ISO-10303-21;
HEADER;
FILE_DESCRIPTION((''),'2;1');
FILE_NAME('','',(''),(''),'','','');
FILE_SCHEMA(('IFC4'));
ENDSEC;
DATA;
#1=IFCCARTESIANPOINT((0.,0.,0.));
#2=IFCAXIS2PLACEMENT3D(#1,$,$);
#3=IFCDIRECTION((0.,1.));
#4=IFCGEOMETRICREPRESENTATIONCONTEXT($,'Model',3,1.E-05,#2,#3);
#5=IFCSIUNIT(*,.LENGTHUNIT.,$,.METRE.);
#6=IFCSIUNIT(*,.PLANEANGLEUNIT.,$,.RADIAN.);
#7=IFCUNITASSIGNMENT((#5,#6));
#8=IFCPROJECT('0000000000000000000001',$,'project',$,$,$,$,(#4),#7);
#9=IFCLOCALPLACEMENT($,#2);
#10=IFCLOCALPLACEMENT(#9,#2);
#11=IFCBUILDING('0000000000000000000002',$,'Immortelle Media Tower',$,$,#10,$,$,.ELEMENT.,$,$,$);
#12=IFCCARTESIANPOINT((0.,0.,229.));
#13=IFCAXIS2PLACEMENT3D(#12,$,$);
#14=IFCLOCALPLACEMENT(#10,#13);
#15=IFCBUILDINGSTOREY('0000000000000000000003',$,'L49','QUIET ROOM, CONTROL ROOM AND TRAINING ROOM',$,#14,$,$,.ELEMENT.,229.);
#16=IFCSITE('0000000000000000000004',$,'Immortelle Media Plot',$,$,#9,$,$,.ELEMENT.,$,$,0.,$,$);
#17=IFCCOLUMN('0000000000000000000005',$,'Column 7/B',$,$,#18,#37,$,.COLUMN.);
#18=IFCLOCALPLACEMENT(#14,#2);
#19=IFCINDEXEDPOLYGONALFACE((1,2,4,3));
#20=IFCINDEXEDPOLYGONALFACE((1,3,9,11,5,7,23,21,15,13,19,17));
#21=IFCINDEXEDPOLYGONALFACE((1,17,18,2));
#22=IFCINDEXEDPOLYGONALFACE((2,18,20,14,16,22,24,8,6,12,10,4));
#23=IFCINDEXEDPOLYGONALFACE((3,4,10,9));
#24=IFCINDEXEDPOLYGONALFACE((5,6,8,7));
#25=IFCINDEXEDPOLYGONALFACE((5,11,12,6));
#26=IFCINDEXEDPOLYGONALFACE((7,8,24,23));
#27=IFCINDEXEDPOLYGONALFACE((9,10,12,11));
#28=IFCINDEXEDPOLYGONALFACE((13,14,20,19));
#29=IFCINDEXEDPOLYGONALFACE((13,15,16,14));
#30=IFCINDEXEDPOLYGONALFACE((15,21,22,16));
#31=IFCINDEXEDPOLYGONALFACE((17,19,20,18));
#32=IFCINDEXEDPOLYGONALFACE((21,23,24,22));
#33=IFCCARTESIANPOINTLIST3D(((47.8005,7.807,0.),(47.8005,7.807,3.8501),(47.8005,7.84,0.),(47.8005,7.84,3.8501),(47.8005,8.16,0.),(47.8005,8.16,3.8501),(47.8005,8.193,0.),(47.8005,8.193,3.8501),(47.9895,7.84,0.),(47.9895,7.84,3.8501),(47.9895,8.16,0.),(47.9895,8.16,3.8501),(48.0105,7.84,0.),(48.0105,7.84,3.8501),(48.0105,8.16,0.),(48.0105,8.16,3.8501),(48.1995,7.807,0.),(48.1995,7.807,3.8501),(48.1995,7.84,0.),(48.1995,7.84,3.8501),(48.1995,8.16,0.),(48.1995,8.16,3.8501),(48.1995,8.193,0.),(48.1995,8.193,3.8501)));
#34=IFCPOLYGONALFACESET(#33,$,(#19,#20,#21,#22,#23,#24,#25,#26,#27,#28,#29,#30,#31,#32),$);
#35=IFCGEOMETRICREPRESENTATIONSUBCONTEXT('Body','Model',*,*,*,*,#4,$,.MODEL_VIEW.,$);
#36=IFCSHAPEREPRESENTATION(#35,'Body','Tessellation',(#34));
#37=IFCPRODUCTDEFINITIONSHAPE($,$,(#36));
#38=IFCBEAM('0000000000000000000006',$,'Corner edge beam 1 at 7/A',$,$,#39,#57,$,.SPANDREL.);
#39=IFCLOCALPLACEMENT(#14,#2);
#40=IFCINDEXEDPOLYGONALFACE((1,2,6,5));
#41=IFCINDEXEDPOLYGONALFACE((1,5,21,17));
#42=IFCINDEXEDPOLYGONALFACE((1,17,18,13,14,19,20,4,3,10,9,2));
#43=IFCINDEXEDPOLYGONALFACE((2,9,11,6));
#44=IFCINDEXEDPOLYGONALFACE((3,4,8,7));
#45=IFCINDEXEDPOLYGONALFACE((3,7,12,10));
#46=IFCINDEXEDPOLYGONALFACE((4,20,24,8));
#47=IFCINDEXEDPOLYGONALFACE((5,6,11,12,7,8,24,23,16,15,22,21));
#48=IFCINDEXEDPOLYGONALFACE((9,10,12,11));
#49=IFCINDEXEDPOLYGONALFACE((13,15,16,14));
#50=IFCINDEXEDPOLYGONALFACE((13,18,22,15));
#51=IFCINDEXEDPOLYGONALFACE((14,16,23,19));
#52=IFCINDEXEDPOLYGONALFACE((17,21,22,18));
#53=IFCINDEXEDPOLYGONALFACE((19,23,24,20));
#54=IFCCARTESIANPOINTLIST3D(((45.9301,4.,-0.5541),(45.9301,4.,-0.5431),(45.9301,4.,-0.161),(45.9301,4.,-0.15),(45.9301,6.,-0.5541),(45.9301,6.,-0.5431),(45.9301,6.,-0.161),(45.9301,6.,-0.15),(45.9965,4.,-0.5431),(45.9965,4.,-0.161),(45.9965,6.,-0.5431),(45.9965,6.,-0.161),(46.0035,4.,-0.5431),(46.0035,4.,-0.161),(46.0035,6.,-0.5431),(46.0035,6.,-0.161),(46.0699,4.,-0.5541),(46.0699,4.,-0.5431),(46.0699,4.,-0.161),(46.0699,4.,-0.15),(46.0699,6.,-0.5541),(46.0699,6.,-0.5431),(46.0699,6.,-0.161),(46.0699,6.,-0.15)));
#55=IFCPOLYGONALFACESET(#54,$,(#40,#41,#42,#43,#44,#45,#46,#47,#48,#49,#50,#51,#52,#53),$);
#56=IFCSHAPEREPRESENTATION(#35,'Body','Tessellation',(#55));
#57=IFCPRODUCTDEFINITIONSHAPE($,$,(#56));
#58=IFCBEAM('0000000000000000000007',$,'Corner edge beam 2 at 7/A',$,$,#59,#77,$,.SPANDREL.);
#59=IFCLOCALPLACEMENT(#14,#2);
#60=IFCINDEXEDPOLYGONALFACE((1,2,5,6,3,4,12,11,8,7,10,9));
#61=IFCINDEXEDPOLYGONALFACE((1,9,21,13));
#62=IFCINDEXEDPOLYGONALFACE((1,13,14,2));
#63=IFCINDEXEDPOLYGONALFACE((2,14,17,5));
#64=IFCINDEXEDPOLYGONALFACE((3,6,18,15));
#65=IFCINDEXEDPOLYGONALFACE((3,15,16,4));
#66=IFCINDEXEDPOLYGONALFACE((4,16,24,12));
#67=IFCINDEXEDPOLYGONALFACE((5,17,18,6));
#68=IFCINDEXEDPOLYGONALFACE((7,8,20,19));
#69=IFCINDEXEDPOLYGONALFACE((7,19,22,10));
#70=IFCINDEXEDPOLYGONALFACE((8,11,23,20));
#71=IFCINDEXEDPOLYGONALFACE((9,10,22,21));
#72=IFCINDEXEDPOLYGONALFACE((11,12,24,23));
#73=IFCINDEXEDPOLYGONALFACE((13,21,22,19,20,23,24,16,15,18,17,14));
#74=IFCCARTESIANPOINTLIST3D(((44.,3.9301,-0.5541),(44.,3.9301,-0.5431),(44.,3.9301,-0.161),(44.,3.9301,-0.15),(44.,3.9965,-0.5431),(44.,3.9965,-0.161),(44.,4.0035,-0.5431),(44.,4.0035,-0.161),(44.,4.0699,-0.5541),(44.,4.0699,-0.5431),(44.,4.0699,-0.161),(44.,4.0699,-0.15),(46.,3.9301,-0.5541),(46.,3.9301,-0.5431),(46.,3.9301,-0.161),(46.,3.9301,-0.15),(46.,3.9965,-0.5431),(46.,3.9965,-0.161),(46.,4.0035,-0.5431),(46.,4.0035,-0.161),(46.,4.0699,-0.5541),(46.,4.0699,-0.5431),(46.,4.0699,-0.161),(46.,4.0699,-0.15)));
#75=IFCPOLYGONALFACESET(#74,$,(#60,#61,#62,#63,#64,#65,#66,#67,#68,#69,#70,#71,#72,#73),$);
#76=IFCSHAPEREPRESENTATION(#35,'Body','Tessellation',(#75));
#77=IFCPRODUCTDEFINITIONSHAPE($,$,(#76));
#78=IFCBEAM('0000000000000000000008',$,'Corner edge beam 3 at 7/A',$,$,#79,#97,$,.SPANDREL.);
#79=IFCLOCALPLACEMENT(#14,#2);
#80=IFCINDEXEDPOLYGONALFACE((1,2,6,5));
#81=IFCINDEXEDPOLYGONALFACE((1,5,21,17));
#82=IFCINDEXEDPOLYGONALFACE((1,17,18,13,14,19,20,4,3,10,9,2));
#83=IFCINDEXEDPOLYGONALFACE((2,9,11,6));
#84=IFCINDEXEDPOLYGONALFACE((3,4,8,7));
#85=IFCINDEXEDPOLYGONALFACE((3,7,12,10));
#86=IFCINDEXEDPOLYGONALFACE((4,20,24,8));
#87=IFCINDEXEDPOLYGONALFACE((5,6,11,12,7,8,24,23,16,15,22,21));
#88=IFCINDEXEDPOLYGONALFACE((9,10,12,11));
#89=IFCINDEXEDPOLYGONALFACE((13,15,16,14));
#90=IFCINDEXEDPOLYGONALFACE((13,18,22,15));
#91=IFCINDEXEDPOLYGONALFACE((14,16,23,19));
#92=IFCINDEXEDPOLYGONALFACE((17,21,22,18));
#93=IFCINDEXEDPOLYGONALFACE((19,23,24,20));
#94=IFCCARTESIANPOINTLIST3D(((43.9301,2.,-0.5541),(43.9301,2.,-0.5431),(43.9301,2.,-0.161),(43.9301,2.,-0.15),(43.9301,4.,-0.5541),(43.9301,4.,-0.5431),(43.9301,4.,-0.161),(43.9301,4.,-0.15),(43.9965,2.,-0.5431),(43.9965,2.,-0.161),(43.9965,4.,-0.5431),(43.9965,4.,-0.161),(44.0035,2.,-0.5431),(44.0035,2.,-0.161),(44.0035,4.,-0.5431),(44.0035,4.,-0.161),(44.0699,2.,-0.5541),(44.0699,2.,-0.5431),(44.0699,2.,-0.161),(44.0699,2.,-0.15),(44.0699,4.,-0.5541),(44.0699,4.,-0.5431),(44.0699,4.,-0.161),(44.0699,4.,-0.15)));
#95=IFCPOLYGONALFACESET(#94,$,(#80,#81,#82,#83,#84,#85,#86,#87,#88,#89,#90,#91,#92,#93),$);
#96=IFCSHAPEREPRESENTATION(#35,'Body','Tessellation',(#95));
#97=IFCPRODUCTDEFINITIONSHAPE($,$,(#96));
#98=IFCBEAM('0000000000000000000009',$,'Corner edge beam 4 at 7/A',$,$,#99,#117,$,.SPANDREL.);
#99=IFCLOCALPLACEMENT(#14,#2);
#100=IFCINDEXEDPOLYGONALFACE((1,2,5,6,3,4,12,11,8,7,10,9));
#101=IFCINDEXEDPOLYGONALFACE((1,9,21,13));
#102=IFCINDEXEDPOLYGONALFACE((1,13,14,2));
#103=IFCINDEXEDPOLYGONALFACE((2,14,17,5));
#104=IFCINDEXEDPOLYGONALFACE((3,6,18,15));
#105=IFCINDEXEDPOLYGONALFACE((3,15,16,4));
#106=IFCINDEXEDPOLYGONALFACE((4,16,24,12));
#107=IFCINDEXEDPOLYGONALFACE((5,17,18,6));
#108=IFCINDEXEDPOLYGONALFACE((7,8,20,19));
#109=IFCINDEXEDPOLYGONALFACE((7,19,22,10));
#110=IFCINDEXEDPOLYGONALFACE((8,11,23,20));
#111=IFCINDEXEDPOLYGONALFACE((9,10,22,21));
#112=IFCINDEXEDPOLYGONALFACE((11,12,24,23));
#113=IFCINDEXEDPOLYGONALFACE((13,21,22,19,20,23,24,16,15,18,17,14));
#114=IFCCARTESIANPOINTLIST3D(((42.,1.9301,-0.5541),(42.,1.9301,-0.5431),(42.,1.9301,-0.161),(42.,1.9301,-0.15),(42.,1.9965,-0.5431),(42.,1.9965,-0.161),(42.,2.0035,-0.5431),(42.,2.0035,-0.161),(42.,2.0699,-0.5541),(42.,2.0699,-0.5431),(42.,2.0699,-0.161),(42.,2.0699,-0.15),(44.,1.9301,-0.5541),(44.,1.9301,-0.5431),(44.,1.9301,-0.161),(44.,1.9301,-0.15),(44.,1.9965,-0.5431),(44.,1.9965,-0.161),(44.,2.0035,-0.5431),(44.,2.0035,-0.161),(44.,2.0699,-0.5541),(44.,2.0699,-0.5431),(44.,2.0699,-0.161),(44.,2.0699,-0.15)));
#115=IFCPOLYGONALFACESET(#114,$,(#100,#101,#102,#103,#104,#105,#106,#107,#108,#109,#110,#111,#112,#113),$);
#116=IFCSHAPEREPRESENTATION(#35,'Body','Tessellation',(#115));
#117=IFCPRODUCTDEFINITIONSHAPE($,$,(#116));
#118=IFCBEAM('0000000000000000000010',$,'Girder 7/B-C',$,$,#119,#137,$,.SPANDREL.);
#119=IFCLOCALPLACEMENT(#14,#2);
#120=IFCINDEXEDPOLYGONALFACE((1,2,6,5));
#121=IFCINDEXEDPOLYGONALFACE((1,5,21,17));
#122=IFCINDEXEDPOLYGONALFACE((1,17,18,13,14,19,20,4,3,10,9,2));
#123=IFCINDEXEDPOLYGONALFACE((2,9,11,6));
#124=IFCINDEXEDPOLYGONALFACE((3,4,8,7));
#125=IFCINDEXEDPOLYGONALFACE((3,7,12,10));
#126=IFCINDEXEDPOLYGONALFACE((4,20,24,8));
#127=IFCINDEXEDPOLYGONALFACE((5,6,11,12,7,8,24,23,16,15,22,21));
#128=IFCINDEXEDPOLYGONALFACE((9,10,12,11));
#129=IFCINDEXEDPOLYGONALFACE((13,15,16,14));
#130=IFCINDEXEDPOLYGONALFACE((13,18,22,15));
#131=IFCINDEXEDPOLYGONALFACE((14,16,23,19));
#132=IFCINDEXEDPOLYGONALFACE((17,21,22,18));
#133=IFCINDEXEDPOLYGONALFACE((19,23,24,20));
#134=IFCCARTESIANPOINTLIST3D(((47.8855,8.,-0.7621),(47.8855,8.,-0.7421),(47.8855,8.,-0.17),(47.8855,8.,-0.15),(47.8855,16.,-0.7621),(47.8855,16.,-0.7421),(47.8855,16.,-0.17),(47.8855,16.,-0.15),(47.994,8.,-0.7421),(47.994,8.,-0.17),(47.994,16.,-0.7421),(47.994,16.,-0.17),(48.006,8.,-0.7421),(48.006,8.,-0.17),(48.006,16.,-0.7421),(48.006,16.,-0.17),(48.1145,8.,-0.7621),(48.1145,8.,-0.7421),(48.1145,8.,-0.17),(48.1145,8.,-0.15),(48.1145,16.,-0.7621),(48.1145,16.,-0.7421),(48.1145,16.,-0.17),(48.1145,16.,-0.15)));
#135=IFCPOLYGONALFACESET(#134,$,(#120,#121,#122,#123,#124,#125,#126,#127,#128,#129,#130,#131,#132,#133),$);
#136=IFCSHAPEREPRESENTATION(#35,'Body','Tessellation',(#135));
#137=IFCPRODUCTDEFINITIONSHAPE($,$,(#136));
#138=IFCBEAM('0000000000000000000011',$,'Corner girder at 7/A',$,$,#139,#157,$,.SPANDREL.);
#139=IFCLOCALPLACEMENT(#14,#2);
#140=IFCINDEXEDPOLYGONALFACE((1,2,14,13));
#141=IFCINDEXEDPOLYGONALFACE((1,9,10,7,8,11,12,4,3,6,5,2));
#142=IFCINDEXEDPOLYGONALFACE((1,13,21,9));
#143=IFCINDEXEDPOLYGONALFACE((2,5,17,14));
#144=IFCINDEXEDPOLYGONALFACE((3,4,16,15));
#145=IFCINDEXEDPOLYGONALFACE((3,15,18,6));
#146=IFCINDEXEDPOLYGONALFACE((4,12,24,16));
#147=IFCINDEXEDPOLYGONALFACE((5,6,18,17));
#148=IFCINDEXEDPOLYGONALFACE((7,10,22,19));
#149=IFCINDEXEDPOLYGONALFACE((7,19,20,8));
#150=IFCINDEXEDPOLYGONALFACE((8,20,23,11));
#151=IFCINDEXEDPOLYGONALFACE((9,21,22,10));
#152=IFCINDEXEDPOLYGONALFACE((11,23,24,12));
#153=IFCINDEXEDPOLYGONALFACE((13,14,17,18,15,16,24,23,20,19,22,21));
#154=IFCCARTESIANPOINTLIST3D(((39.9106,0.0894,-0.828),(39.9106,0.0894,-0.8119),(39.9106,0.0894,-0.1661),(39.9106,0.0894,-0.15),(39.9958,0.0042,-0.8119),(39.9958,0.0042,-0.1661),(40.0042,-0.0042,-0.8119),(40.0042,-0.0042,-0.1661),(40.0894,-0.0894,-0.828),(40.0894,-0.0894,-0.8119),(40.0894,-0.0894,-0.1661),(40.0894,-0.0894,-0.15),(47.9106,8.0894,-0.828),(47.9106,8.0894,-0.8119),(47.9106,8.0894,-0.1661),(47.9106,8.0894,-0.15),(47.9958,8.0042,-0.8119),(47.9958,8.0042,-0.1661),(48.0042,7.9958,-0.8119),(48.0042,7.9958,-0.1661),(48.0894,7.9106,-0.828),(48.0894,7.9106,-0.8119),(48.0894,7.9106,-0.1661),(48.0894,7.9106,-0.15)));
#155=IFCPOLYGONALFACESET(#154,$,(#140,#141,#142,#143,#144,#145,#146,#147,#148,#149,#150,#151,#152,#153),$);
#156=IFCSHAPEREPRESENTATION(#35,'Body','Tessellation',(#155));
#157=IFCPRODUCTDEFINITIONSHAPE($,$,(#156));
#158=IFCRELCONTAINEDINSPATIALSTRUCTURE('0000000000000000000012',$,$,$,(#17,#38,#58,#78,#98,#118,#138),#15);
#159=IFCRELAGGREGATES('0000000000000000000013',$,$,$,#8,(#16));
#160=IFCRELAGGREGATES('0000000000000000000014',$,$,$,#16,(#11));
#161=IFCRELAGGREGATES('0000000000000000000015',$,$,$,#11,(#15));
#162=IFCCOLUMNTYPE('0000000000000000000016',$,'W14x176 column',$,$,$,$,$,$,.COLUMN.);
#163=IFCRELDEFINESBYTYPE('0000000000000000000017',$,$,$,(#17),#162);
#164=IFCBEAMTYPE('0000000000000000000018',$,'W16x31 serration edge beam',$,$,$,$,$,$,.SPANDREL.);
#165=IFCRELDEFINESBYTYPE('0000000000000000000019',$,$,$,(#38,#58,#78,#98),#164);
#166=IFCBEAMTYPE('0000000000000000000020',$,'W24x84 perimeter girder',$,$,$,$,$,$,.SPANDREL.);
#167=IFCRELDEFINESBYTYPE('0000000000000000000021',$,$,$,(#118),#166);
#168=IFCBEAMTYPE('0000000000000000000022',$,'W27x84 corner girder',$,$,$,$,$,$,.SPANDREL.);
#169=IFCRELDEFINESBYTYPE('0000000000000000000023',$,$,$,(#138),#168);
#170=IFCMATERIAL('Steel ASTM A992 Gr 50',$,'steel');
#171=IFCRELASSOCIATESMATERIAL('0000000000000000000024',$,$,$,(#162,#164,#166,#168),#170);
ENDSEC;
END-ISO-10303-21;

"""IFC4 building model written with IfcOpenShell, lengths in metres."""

from ifc_helpers import new_model, si_unit, direction, frame, origin, origin_2d, place, context, subcontext, project, spatial, i_section, extrude, material, material_profile, profile_set, type_object, element, save


model = new_model("IFC4")

# Units and contexts
model_context = context("Model", 3, precision=1e-05, world=origin(), true_north=direction((0.0, 1.0)))
body_context = subcontext(model_context, "Body", "Model", "MODEL_VIEW")
ifc_project = project(units=[si_unit("LENGTHUNIT", "METRE"), si_unit("PLANEANGLEUNIT", "RADIAN")], contexts=[model_context])

# Site, building, storey
site_placement = place(None, origin())
site = spatial("IfcSite", under=ifc_project, at=site_placement, Name="Immortelle Media Plot", CompositionType="ELEMENT", RefElevation=0.0)
building_placement = place(site_placement, origin())
building = spatial("IfcBuilding", under=site, at=building_placement, Name="Immortelle Media Tower", CompositionType="ELEMENT")
storey_placement = place(building_placement, frame((0.0, 0.0, 229.0)))
storey = spatial("IfcBuildingStorey", under=building, at=storey_placement, Name="L49", Description="QUIET ROOM, CONTROL ROOM AND TRAINING ROOM", CompositionType="ELEMENT", Elevation=229.0)

# Column
ifc_material_1 = material(Name="Steel ASTM A992 Gr 50", Category="steel")
ifc_material_profile_1 = material_profile(ifc_material_1, i_section(OverallWidth=0.3989, OverallDepth=0.386, WebThickness=0.021, FlangeThickness=0.033, at=origin_2d()), Name="W14x176")
ifc_profile_set_1 = profile_set([ifc_material_profile_1], Name="Steel ASTM A992 Gr 50")
column_type = type_object("IfcColumnType", Name="W14x176 column", PredefinedType="COLUMN", material=ifc_profile_set_1)
column_placement = place(storey_placement, frame((48.0, 8.0, 0.0), z_axis=(0.0, 0.0, 1.0), x_axis=(1.0, 0.0, 0.0)))
element("IfcColumn", 1, at=column_placement, inside=storey, type_object=column_type, Name="Column 7/B", PredefinedType="COLUMN", context=body_context, shape_type="SweptSolid", body=[
    extrude(i_section(OverallWidth=0.3989, OverallDepth=0.386, WebThickness=0.021, FlangeThickness=0.033, at=origin_2d()), origin(), (0.0, 0.0, 1.0), 3.8501),
])

# Beams
ifc_material_profile_2 = material_profile(ifc_material_1, i_section(OverallWidth=0.1399, OverallDepth=0.4041, WebThickness=0.0071, FlangeThickness=0.011, at=origin_2d()), Name="W16x31")
ifc_profile_set_2 = profile_set([ifc_material_profile_2], Name="Steel ASTM A992 Gr 50")
beam_type_1 = type_object("IfcBeamType", Name="W16x31 serration edge beam", PredefinedType="SPANDREL", material=ifc_profile_set_2)
for number, where, z_axis, x_axis, name in (
    (2, (46.0, 6.0, -0.3521), (0.0, -1.0, 0.0), (1.0, 0.0, 0.0), "Corner edge beam 1 at 7/A"),
    (3, (46.0, 4.0, -0.3521), (-1.0, 0.0, 0.0), (0.0, -1.0, 0.0), "Corner edge beam 2 at 7/A"),
    (4, (44.0, 4.0, -0.3521), (0.0, -1.0, 0.0), (1.0, 0.0, 0.0), "Corner edge beam 3 at 7/A"),
    (5, (44.0, 2.0, -0.3521), (-1.0, 0.0, 0.0), (0.0, -1.0, 0.0), "Corner edge beam 4 at 7/A"),
):
    element("IfcBeam", number, at=place(storey_placement, frame(where, z_axis=z_axis, x_axis=x_axis)), inside=storey, type_object=beam_type_1, Name=name, PredefinedType="SPANDREL", context=body_context, shape_type="SweptSolid", body=[
        extrude(i_section(OverallWidth=0.1399, OverallDepth=0.4041, WebThickness=0.0071, FlangeThickness=0.011, at=origin_2d()), origin(), (0.0, 0.0, 1.0), 2.0),
    ])
ifc_material_profile_3 = material_profile(ifc_material_1, i_section(OverallWidth=0.229, OverallDepth=0.6121, WebThickness=0.012, FlangeThickness=0.02, at=origin_2d()), Name="W24x84")
ifc_profile_set_3 = profile_set([ifc_material_profile_3], Name="Steel ASTM A992 Gr 50")
beam_type_2 = type_object("IfcBeamType", Name="W24x84 perimeter girder", PredefinedType="SPANDREL", material=ifc_profile_set_3)
beam_1_placement = place(storey_placement, frame((48.0, 8.0, -0.4561), z_axis=(0.0, 1.0, 0.0), x_axis=(-1.0, 0.0, 0.0)))
element("IfcBeam", 6, at=beam_1_placement, inside=storey, type_object=beam_type_2, Name="Girder 7/B-C", PredefinedType="SPANDREL", context=body_context, shape_type="SweptSolid", body=[
    extrude(i_section(OverallWidth=0.229, OverallDepth=0.6121, WebThickness=0.012, FlangeThickness=0.02, at=origin_2d()), origin(), (0.0, 0.0, 1.0), 8.0),
])
ifc_material_profile_4 = material_profile(ifc_material_1, i_section(OverallWidth=0.2529, OverallDepth=0.678, WebThickness=0.012, FlangeThickness=0.0161, at=origin_2d()), Name="W27x84")
ifc_profile_set_4 = profile_set([ifc_material_profile_4], Name="Steel ASTM A992 Gr 50")
beam_type_3 = type_object("IfcBeamType", Name="W27x84 corner girder", PredefinedType="SPANDREL", material=ifc_profile_set_4)
beam_2_placement = place(storey_placement, frame((48.0, 8.0, -0.489), z_axis=(-0.707107, -0.707107, 0.0), x_axis=(0.707107, -0.707107, 0.0)))
element("IfcBeam", 7, at=beam_2_placement, inside=storey, type_object=beam_type_3, Name="Corner girder at 7/A", PredefinedType="SPANDREL", context=body_context, shape_type="SweptSolid", body=[
    extrude(i_section(OverallWidth=0.2529, OverallDepth=0.678, WebThickness=0.012, FlangeThickness=0.0161, at=origin_2d()), origin(), (0.0, 0.0, 1.0), 11.3137),
])

save(model, "model.ifc")
